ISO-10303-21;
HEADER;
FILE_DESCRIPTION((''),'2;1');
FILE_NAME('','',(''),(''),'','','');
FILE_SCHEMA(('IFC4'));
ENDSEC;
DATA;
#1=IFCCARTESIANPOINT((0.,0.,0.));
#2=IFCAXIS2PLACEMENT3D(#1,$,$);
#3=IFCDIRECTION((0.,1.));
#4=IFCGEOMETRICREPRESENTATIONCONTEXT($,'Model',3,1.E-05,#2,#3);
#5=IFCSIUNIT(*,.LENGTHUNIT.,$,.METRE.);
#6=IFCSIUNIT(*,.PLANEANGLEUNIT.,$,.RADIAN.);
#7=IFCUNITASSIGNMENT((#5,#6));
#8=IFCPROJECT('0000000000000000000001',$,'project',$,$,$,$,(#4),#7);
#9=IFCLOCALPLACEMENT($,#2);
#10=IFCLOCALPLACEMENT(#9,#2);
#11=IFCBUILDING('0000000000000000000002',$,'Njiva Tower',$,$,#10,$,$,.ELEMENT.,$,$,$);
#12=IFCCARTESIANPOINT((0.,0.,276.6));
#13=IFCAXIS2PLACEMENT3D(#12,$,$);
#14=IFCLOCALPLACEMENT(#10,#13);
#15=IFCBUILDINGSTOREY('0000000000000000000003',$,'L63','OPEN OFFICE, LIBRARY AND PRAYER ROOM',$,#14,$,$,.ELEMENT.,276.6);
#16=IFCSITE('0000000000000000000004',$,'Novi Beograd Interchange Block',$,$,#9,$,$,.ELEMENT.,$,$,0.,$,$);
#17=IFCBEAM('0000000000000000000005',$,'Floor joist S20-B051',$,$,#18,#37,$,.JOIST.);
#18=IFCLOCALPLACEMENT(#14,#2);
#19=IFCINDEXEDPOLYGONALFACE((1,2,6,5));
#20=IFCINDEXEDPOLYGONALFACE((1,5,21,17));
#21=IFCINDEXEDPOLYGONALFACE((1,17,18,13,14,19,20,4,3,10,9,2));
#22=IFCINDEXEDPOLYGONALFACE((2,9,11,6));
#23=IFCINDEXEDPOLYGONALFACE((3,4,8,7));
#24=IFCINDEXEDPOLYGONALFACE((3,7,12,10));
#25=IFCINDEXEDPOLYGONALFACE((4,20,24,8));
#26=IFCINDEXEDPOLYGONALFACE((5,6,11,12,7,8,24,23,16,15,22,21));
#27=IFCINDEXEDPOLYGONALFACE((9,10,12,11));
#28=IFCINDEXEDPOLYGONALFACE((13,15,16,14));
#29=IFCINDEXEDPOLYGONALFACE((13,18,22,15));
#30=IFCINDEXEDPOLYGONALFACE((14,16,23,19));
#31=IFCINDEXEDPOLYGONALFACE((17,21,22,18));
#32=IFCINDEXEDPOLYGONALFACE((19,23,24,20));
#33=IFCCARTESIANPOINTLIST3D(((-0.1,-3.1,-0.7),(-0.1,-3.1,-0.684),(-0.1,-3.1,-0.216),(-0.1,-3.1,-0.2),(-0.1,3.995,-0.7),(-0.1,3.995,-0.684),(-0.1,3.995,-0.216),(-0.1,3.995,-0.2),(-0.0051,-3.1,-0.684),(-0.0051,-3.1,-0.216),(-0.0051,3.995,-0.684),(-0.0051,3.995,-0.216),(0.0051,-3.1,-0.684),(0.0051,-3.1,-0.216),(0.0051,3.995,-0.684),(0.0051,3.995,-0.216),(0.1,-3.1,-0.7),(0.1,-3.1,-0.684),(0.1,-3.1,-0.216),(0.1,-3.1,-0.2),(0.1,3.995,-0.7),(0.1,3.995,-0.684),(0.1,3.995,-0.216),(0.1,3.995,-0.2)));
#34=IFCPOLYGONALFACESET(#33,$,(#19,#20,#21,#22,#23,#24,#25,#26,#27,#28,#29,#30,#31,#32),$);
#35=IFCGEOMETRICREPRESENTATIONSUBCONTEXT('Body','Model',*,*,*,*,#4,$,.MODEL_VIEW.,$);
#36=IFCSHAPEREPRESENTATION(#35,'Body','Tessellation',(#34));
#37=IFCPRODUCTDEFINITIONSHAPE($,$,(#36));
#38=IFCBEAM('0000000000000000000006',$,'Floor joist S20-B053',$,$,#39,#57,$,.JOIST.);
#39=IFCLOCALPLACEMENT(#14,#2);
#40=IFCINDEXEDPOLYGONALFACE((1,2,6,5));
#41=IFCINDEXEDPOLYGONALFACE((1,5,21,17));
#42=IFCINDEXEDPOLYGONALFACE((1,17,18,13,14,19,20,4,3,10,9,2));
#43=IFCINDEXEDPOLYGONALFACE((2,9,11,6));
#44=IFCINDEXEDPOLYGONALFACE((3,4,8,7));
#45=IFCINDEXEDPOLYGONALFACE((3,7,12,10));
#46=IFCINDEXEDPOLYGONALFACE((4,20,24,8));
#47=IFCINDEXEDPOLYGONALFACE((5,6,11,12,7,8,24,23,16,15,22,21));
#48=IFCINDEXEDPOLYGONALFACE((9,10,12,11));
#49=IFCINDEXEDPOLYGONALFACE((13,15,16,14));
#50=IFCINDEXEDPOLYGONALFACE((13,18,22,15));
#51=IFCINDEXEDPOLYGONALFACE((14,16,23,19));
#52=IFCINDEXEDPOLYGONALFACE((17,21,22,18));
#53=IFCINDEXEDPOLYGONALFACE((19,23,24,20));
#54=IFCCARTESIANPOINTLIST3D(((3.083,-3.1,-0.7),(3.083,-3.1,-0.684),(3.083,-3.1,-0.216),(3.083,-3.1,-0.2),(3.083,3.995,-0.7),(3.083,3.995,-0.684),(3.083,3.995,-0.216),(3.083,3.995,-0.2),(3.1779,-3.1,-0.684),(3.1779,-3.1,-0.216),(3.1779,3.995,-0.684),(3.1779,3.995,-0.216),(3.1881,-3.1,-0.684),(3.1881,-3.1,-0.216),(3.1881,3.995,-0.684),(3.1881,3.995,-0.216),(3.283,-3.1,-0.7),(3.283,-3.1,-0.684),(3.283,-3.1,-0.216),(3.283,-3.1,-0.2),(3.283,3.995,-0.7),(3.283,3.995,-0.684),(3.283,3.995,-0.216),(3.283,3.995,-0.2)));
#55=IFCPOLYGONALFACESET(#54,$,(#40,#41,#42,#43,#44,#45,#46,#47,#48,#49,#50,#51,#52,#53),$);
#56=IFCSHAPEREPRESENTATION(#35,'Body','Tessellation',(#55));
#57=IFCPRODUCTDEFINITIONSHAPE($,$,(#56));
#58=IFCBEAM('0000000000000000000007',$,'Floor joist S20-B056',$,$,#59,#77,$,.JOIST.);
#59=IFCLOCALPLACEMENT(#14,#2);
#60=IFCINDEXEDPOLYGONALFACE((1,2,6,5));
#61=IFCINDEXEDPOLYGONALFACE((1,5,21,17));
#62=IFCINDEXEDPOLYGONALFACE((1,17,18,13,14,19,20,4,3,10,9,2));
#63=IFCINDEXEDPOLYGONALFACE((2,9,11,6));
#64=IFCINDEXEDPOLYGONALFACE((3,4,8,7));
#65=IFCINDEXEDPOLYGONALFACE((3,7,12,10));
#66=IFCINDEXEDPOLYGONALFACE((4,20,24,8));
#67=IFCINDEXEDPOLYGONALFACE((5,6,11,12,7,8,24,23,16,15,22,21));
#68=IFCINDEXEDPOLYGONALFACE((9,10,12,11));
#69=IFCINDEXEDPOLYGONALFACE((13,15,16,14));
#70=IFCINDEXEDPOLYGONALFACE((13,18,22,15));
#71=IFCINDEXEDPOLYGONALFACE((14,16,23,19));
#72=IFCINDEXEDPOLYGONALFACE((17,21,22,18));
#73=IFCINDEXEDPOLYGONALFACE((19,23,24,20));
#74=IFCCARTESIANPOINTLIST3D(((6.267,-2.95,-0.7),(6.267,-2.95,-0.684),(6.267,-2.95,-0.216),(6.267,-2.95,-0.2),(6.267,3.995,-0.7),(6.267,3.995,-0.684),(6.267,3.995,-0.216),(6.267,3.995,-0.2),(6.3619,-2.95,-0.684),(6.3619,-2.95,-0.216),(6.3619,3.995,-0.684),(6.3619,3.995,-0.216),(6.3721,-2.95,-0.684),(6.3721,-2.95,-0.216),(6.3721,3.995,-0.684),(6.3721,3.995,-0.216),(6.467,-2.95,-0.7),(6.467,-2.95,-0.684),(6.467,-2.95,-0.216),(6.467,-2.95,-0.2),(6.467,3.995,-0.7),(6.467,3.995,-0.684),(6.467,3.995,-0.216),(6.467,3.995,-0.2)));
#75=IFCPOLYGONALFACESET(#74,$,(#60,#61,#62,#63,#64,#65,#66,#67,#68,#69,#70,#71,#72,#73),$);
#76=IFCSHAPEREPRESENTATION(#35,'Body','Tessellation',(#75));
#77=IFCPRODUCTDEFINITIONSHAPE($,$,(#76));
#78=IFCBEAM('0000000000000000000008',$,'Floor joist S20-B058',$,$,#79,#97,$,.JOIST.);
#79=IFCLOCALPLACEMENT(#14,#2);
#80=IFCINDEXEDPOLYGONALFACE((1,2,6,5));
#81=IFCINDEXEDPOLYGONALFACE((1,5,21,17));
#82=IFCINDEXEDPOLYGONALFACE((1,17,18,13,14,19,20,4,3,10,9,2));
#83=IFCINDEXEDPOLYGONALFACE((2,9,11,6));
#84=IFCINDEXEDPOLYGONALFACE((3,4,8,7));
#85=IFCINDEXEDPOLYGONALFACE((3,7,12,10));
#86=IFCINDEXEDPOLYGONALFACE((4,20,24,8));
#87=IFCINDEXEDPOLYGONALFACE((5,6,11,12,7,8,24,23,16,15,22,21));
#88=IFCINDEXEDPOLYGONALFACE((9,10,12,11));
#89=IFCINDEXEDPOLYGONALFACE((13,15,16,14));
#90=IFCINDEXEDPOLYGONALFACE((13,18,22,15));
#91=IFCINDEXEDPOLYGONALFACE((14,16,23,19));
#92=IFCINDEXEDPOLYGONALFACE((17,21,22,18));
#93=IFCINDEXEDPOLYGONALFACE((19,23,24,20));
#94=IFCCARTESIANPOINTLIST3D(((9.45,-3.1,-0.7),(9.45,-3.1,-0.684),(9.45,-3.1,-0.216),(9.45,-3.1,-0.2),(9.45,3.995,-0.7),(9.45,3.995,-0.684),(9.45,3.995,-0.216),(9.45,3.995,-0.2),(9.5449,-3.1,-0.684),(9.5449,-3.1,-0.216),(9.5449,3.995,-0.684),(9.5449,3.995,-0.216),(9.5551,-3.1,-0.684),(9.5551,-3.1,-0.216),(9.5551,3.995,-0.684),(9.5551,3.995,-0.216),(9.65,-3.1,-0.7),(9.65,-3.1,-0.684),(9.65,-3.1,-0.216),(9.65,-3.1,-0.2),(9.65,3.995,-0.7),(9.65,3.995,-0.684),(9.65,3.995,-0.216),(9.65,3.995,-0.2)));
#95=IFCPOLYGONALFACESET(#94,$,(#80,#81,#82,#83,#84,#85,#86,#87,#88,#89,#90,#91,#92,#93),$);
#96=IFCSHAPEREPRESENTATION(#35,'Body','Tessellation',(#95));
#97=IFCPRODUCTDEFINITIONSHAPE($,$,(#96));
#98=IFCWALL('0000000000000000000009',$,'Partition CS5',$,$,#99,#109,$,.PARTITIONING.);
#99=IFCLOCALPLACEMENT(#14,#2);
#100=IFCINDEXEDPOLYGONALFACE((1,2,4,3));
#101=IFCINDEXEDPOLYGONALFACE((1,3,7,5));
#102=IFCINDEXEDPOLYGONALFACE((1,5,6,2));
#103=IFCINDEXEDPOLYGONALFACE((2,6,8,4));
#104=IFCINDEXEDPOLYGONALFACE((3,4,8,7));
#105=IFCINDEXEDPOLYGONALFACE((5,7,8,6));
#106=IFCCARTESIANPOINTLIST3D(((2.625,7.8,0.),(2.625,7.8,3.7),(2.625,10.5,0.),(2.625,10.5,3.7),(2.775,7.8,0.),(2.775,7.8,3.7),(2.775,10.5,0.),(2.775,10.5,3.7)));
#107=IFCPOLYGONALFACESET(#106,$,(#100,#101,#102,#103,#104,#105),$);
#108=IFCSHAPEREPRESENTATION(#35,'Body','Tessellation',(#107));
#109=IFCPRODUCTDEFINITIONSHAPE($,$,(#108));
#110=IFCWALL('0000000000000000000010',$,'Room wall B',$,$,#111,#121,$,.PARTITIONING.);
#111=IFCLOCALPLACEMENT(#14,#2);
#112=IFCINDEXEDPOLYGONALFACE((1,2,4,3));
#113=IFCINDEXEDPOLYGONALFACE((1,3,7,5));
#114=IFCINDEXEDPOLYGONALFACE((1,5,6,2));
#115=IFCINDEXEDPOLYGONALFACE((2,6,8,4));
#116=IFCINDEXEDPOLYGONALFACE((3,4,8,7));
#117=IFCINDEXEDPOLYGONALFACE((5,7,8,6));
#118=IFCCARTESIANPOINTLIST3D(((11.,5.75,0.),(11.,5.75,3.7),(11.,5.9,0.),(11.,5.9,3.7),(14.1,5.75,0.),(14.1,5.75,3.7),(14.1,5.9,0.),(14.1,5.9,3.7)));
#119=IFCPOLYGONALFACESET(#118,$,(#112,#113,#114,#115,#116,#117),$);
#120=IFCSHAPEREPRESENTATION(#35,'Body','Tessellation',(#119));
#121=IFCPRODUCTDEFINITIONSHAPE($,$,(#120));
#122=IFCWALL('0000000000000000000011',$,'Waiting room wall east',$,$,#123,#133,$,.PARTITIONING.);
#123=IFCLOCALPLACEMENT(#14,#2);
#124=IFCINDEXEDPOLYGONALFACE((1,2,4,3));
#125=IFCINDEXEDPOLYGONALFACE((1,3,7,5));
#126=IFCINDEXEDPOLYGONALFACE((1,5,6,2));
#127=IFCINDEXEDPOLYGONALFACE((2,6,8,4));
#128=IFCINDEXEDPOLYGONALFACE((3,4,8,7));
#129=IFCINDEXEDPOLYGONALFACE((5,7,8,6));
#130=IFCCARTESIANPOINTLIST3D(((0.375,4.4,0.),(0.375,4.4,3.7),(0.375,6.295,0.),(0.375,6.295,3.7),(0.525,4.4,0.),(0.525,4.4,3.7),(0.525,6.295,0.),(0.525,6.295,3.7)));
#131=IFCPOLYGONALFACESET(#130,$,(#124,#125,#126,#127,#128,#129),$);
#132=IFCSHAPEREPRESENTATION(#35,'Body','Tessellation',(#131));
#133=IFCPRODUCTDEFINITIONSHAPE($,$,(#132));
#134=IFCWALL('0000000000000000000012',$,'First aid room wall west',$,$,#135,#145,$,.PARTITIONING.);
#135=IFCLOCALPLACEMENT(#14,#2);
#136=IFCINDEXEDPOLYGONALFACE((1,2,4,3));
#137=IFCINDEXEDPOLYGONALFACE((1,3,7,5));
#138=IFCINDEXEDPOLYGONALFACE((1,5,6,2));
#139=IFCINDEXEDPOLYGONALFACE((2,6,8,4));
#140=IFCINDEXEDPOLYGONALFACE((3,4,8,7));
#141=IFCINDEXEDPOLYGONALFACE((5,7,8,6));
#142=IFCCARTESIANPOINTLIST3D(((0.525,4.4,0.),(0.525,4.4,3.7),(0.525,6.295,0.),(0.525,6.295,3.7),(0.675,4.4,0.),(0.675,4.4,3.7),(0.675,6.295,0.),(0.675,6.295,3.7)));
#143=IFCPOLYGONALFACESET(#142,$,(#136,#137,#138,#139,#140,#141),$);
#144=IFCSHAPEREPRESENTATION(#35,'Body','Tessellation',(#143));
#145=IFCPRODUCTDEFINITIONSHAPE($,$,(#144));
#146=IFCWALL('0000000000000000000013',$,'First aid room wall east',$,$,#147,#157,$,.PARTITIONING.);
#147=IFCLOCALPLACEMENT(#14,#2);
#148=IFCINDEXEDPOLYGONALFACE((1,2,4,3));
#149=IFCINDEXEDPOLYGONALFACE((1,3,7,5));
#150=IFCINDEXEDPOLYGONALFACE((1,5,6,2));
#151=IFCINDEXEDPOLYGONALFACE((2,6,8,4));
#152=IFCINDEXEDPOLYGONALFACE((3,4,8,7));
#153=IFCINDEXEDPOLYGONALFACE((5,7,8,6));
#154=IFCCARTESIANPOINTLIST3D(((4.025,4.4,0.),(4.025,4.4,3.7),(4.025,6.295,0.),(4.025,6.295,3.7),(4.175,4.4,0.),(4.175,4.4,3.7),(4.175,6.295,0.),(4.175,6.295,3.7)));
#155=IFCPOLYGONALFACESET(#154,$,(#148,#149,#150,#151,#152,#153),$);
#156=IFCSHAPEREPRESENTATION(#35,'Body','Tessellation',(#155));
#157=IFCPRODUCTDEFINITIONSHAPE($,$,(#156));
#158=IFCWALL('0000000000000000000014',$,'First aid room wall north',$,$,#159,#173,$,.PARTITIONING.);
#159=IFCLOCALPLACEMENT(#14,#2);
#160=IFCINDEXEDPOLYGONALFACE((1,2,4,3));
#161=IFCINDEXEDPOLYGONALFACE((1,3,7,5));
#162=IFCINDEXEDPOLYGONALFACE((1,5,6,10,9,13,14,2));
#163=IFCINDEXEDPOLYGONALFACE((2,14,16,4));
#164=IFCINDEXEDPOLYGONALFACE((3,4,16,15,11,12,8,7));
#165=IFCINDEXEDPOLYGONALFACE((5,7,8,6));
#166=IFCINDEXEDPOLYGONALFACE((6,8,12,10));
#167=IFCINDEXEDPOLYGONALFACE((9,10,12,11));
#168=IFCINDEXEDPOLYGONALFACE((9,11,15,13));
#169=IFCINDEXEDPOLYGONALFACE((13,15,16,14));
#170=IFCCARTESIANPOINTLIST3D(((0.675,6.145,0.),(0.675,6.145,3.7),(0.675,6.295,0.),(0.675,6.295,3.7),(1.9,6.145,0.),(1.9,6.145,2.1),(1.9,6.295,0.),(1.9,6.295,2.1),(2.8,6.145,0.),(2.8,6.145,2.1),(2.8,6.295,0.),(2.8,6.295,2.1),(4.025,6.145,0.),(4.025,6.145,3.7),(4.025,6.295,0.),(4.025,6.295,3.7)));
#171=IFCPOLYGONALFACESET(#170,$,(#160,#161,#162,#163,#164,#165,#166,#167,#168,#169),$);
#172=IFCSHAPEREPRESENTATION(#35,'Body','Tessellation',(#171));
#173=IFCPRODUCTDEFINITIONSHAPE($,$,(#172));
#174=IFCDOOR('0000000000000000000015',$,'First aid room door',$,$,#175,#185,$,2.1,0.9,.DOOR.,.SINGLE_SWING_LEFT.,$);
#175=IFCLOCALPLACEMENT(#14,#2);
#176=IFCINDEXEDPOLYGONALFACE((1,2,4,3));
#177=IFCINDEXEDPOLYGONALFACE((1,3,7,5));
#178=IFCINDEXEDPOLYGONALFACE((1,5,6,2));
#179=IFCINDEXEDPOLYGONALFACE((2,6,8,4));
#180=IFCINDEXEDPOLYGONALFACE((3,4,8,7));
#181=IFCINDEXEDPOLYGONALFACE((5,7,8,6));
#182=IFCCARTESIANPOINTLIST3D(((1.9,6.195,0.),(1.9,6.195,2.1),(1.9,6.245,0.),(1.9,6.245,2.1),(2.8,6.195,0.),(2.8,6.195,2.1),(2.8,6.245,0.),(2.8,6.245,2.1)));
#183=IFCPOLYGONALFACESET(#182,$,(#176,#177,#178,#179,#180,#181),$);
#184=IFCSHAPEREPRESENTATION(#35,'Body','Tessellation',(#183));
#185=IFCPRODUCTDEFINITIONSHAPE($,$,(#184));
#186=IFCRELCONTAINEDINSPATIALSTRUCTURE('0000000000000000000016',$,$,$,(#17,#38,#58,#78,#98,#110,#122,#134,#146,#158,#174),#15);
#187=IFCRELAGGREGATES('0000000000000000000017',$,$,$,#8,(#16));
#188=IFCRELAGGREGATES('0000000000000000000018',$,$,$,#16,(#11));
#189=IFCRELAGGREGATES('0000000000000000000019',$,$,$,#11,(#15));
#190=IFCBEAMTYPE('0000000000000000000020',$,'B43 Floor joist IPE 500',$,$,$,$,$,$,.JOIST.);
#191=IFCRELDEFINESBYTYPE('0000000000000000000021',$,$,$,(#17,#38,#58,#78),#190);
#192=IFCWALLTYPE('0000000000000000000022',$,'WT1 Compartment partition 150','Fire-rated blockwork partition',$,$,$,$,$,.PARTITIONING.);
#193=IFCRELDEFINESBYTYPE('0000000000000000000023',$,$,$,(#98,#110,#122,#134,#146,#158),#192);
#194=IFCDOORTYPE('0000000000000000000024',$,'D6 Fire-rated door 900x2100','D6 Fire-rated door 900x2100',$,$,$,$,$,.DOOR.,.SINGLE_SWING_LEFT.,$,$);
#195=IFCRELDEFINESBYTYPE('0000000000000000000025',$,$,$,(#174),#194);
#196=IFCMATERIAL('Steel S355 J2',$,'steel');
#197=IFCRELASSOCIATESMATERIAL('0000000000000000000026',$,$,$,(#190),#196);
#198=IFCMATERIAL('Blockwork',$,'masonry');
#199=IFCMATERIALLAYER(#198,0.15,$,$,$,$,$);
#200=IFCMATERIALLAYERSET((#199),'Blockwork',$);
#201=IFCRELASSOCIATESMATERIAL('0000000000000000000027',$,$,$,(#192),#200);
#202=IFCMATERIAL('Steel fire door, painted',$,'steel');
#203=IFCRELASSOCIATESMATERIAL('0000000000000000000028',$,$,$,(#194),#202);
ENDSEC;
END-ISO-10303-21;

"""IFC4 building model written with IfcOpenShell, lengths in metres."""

from ifc_helpers import new_model, si_unit, direction, frame, frame_2d, origin, origin_2d, place, context, subcontext, project, spatial, rectangle, i_section, extrude, material, layer, layer_set, material_profile, profile_set, type_object, element, fill, save


model = new_model("IFC4")

# Units and contexts
model_context = context("Model", 3, precision=1e-05, world=origin(), true_north=direction((0.0, 1.0)))
body_context = subcontext(model_context, "Body", "Model", "MODEL_VIEW")
ifc_project = project(units=[si_unit("LENGTHUNIT", "METRE"), si_unit("PLANEANGLEUNIT", "RADIAN")], contexts=[model_context])

# Site, building, storey
site_placement = place(None, origin())
site = spatial("IfcSite", under=ifc_project, at=site_placement, Name="Novi Beograd Interchange Block", CompositionType="ELEMENT", RefElevation=0.0)
building_placement = place(site_placement, origin())
building = spatial("IfcBuilding", under=site, at=building_placement, Name="Njiva Tower", CompositionType="ELEMENT")
storey_placement = place(building_placement, frame((0.0, 0.0, 276.6)))
storey = spatial("IfcBuildingStorey", under=building, at=storey_placement, Name="L63", Description="OPEN OFFICE, LIBRARY AND PRAYER ROOM", CompositionType="ELEMENT", Elevation=276.6)

# Beams
ifc_material_1 = material(Name="Steel S355 J2", Category="steel")
ifc_material_profile = material_profile(ifc_material_1, i_section(OverallWidth=0.2, OverallDepth=0.5, WebThickness=0.0102, FlangeThickness=0.016, at=origin_2d()), Name="IPE 500")
ifc_profile_set = profile_set([ifc_material_profile], Name="Steel S355 J2")
beam_type = type_object("IfcBeamType", Name="B43 Floor joist IPE 500", PredefinedType="JOIST", material=ifc_profile_set)
for number, where, z_axis, x_axis, name in (
    (1, (0.0, 3.995, -0.45), (0.0, -1.0, 0.0), (1.0, 0.0, 0.0), "Floor joist S20-B051"),
    (2, (3.183, 3.995, -0.45), (0.0, -1.0, 0.0), (1.0, 0.0, 0.0), "Floor joist S20-B053"),
):
    element("IfcBeam", number, at=place(storey_placement, frame(where, z_axis=z_axis, x_axis=x_axis)), inside=storey, type_object=beam_type, Name=name, PredefinedType="JOIST", context=body_context, shape_type="SweptSolid", body=[
        extrude(i_section(OverallWidth=0.2, OverallDepth=0.5, WebThickness=0.0102, FlangeThickness=0.016, at=origin_2d()), origin(), (0.0, 0.0, 1.0), 7.095),
    ])
beam_1_placement = place(storey_placement, frame((6.367, 3.995, -0.45), z_axis=(0.0, -1.0, 0.0), x_axis=(1.0, 0.0, 0.0)))
element("IfcBeam", 3, at=beam_1_placement, inside=storey, type_object=beam_type, Name="Floor joist S20-B056", PredefinedType="JOIST", context=body_context, shape_type="SweptSolid", body=[
    extrude(i_section(OverallWidth=0.2, OverallDepth=0.5, WebThickness=0.0102, FlangeThickness=0.016, at=origin_2d()), origin(), (0.0, 0.0, 1.0), 6.945),
])
beam_2_placement = place(storey_placement, frame((9.55, 3.995, -0.45), z_axis=(0.0, -1.0, 0.0), x_axis=(1.0, 0.0, 0.0)))
element("IfcBeam", 4, at=beam_2_placement, inside=storey, type_object=beam_type, Name="Floor joist S20-B058", PredefinedType="JOIST", context=body_context, shape_type="SweptSolid", body=[
    extrude(i_section(OverallWidth=0.2, OverallDepth=0.5, WebThickness=0.0102, FlangeThickness=0.016, at=origin_2d()), origin(), (0.0, 0.0, 1.0), 7.095),
])

# Walls
ifc_material_2 = material(Name="Blockwork", Category="masonry")
ifc_layer_1 = layer(ifc_material_2, 0.15)
ifc_layer_set_1 = layer_set([ifc_layer_1], Name="Blockwork")
wall_type_1 = type_object("IfcWallType", Name="WT1 Compartment partition 150", Description="Fire-rated blockwork partition", PredefinedType="PARTITIONING", material=ifc_layer_set_1)
wall_1_placement = place(storey_placement, frame((2.7, 7.8, 0.0), z_axis=(0.0, 0.0, 1.0), x_axis=(0.0, 1.0, 0.0)))
element("IfcWall", 5, at=wall_1_placement, inside=storey, type_object=wall_type_1, Name="Partition CS5", PredefinedType="PARTITIONING", context=body_context, shape_type="SweptSolid", body=[
    extrude(rectangle(XDim=2.7, YDim=0.15, at=frame_2d((1.35, 0.0))), origin(), (0.0, 0.0, 1.0), 3.7),
])
wall_2_placement = place(storey_placement, frame((11.0, 5.825, 0.0), z_axis=(0.0, 0.0, 1.0), x_axis=(1.0, 0.0, 0.0)))
element("IfcWall", 6, at=wall_2_placement, inside=storey, type_object=wall_type_1, Name="Room wall B", PredefinedType="PARTITIONING", context=body_context, shape_type="SweptSolid", body=[
    extrude(rectangle(XDim=3.1, YDim=0.15, at=frame_2d((1.55, 0.0))), origin(), (0.0, 0.0, 1.0), 3.7),
])
for number, where, z_axis, x_axis, name in (
    (7, (0.45, 4.4, 0.0), (0.0, 0.0, 1.0), (0.0, 1.0, 0.0), "Waiting room wall east"),
    (8, (0.6, 4.4, 0.0), (0.0, 0.0, 1.0), (0.0, 1.0, 0.0), "First aid room wall west"),
    (9, (4.1, 4.4, 0.0), (0.0, 0.0, 1.0), (0.0, 1.0, 0.0), "First aid room wall east"),
):
    element("IfcWall", number, at=place(storey_placement, frame(where, z_axis=z_axis, x_axis=x_axis)), inside=storey, type_object=wall_type_1, Name=name, PredefinedType="PARTITIONING", context=body_context, shape_type="SweptSolid", body=[
        extrude(rectangle(XDim=1.895, YDim=0.15, at=frame_2d((0.9475, 0.0))), origin(), (0.0, 0.0, 1.0), 3.7),
    ])

# Wall, opening, door
wall_3_placement = place(storey_placement, frame((0.675, 6.22, 0.0), z_axis=(0.0, 0.0, 1.0), x_axis=(1.0, 0.0, 0.0)))
wall_3 = element("IfcWall", 10, at=wall_3_placement, inside=storey, type_object=wall_type_1, Name="First aid room wall north", PredefinedType="PARTITIONING", context=body_context, shape_type="SweptSolid", body=[
    extrude(rectangle(XDim=3.35, YDim=0.15, at=frame_2d((1.675, 0.0))), origin(), (0.0, 0.0, 1.0), 3.7),
])
opening_1_placement = place(wall_3_placement, frame((1.225, 0.0, 0.0)))
opening_1 = element("IfcOpeningElement", 11, at=opening_1_placement, cuts=wall_3, PredefinedType="OPENING", context=body_context, shape_type="SweptSolid", body=[
    extrude(rectangle(XDim=0.9, YDim=2.1, at=frame_2d((0.45, 1.05))), frame((0.0, 0.085, 0.0), z_axis=(0.0, -1.0, 0.0), x_axis=(1.0, 0.0, 0.0)), (0.0, 0.0, 1.0), 0.17),
])
ifc_material_3 = material(Name="Steel fire door, painted", Category="steel")
door_type_1 = type_object("IfcDoorType", Name="D6 Fire-rated door 900x2100", Description="D6 Fire-rated door 900x2100", OperationType="SINGLE_SWING_LEFT", PredefinedType="DOOR", material=ifc_material_3)
door_1_placement = place(opening_1_placement, origin())
door_1 = element("IfcDoor", 12, at=door_1_placement, inside=storey, type_object=door_type_1, Name="First aid room door", OperationType="SINGLE_SWING_LEFT", OverallHeight=2.1, OverallWidth=0.9, PredefinedType="DOOR", context=body_context, shape_type="SweptSolid", body=[
    extrude(rectangle(XDim=0.9, YDim=2.1, at=frame_2d((0.45, 1.05))), frame((0.0, 0.025, 0.0), z_axis=(0.0, -1.0, 0.0), x_axis=(1.0, 0.0, 0.0)), (0.0, 0.0, 1.0), 0.05),
])
fill(opening_1, door_1)

save(model, "model.ifc")
